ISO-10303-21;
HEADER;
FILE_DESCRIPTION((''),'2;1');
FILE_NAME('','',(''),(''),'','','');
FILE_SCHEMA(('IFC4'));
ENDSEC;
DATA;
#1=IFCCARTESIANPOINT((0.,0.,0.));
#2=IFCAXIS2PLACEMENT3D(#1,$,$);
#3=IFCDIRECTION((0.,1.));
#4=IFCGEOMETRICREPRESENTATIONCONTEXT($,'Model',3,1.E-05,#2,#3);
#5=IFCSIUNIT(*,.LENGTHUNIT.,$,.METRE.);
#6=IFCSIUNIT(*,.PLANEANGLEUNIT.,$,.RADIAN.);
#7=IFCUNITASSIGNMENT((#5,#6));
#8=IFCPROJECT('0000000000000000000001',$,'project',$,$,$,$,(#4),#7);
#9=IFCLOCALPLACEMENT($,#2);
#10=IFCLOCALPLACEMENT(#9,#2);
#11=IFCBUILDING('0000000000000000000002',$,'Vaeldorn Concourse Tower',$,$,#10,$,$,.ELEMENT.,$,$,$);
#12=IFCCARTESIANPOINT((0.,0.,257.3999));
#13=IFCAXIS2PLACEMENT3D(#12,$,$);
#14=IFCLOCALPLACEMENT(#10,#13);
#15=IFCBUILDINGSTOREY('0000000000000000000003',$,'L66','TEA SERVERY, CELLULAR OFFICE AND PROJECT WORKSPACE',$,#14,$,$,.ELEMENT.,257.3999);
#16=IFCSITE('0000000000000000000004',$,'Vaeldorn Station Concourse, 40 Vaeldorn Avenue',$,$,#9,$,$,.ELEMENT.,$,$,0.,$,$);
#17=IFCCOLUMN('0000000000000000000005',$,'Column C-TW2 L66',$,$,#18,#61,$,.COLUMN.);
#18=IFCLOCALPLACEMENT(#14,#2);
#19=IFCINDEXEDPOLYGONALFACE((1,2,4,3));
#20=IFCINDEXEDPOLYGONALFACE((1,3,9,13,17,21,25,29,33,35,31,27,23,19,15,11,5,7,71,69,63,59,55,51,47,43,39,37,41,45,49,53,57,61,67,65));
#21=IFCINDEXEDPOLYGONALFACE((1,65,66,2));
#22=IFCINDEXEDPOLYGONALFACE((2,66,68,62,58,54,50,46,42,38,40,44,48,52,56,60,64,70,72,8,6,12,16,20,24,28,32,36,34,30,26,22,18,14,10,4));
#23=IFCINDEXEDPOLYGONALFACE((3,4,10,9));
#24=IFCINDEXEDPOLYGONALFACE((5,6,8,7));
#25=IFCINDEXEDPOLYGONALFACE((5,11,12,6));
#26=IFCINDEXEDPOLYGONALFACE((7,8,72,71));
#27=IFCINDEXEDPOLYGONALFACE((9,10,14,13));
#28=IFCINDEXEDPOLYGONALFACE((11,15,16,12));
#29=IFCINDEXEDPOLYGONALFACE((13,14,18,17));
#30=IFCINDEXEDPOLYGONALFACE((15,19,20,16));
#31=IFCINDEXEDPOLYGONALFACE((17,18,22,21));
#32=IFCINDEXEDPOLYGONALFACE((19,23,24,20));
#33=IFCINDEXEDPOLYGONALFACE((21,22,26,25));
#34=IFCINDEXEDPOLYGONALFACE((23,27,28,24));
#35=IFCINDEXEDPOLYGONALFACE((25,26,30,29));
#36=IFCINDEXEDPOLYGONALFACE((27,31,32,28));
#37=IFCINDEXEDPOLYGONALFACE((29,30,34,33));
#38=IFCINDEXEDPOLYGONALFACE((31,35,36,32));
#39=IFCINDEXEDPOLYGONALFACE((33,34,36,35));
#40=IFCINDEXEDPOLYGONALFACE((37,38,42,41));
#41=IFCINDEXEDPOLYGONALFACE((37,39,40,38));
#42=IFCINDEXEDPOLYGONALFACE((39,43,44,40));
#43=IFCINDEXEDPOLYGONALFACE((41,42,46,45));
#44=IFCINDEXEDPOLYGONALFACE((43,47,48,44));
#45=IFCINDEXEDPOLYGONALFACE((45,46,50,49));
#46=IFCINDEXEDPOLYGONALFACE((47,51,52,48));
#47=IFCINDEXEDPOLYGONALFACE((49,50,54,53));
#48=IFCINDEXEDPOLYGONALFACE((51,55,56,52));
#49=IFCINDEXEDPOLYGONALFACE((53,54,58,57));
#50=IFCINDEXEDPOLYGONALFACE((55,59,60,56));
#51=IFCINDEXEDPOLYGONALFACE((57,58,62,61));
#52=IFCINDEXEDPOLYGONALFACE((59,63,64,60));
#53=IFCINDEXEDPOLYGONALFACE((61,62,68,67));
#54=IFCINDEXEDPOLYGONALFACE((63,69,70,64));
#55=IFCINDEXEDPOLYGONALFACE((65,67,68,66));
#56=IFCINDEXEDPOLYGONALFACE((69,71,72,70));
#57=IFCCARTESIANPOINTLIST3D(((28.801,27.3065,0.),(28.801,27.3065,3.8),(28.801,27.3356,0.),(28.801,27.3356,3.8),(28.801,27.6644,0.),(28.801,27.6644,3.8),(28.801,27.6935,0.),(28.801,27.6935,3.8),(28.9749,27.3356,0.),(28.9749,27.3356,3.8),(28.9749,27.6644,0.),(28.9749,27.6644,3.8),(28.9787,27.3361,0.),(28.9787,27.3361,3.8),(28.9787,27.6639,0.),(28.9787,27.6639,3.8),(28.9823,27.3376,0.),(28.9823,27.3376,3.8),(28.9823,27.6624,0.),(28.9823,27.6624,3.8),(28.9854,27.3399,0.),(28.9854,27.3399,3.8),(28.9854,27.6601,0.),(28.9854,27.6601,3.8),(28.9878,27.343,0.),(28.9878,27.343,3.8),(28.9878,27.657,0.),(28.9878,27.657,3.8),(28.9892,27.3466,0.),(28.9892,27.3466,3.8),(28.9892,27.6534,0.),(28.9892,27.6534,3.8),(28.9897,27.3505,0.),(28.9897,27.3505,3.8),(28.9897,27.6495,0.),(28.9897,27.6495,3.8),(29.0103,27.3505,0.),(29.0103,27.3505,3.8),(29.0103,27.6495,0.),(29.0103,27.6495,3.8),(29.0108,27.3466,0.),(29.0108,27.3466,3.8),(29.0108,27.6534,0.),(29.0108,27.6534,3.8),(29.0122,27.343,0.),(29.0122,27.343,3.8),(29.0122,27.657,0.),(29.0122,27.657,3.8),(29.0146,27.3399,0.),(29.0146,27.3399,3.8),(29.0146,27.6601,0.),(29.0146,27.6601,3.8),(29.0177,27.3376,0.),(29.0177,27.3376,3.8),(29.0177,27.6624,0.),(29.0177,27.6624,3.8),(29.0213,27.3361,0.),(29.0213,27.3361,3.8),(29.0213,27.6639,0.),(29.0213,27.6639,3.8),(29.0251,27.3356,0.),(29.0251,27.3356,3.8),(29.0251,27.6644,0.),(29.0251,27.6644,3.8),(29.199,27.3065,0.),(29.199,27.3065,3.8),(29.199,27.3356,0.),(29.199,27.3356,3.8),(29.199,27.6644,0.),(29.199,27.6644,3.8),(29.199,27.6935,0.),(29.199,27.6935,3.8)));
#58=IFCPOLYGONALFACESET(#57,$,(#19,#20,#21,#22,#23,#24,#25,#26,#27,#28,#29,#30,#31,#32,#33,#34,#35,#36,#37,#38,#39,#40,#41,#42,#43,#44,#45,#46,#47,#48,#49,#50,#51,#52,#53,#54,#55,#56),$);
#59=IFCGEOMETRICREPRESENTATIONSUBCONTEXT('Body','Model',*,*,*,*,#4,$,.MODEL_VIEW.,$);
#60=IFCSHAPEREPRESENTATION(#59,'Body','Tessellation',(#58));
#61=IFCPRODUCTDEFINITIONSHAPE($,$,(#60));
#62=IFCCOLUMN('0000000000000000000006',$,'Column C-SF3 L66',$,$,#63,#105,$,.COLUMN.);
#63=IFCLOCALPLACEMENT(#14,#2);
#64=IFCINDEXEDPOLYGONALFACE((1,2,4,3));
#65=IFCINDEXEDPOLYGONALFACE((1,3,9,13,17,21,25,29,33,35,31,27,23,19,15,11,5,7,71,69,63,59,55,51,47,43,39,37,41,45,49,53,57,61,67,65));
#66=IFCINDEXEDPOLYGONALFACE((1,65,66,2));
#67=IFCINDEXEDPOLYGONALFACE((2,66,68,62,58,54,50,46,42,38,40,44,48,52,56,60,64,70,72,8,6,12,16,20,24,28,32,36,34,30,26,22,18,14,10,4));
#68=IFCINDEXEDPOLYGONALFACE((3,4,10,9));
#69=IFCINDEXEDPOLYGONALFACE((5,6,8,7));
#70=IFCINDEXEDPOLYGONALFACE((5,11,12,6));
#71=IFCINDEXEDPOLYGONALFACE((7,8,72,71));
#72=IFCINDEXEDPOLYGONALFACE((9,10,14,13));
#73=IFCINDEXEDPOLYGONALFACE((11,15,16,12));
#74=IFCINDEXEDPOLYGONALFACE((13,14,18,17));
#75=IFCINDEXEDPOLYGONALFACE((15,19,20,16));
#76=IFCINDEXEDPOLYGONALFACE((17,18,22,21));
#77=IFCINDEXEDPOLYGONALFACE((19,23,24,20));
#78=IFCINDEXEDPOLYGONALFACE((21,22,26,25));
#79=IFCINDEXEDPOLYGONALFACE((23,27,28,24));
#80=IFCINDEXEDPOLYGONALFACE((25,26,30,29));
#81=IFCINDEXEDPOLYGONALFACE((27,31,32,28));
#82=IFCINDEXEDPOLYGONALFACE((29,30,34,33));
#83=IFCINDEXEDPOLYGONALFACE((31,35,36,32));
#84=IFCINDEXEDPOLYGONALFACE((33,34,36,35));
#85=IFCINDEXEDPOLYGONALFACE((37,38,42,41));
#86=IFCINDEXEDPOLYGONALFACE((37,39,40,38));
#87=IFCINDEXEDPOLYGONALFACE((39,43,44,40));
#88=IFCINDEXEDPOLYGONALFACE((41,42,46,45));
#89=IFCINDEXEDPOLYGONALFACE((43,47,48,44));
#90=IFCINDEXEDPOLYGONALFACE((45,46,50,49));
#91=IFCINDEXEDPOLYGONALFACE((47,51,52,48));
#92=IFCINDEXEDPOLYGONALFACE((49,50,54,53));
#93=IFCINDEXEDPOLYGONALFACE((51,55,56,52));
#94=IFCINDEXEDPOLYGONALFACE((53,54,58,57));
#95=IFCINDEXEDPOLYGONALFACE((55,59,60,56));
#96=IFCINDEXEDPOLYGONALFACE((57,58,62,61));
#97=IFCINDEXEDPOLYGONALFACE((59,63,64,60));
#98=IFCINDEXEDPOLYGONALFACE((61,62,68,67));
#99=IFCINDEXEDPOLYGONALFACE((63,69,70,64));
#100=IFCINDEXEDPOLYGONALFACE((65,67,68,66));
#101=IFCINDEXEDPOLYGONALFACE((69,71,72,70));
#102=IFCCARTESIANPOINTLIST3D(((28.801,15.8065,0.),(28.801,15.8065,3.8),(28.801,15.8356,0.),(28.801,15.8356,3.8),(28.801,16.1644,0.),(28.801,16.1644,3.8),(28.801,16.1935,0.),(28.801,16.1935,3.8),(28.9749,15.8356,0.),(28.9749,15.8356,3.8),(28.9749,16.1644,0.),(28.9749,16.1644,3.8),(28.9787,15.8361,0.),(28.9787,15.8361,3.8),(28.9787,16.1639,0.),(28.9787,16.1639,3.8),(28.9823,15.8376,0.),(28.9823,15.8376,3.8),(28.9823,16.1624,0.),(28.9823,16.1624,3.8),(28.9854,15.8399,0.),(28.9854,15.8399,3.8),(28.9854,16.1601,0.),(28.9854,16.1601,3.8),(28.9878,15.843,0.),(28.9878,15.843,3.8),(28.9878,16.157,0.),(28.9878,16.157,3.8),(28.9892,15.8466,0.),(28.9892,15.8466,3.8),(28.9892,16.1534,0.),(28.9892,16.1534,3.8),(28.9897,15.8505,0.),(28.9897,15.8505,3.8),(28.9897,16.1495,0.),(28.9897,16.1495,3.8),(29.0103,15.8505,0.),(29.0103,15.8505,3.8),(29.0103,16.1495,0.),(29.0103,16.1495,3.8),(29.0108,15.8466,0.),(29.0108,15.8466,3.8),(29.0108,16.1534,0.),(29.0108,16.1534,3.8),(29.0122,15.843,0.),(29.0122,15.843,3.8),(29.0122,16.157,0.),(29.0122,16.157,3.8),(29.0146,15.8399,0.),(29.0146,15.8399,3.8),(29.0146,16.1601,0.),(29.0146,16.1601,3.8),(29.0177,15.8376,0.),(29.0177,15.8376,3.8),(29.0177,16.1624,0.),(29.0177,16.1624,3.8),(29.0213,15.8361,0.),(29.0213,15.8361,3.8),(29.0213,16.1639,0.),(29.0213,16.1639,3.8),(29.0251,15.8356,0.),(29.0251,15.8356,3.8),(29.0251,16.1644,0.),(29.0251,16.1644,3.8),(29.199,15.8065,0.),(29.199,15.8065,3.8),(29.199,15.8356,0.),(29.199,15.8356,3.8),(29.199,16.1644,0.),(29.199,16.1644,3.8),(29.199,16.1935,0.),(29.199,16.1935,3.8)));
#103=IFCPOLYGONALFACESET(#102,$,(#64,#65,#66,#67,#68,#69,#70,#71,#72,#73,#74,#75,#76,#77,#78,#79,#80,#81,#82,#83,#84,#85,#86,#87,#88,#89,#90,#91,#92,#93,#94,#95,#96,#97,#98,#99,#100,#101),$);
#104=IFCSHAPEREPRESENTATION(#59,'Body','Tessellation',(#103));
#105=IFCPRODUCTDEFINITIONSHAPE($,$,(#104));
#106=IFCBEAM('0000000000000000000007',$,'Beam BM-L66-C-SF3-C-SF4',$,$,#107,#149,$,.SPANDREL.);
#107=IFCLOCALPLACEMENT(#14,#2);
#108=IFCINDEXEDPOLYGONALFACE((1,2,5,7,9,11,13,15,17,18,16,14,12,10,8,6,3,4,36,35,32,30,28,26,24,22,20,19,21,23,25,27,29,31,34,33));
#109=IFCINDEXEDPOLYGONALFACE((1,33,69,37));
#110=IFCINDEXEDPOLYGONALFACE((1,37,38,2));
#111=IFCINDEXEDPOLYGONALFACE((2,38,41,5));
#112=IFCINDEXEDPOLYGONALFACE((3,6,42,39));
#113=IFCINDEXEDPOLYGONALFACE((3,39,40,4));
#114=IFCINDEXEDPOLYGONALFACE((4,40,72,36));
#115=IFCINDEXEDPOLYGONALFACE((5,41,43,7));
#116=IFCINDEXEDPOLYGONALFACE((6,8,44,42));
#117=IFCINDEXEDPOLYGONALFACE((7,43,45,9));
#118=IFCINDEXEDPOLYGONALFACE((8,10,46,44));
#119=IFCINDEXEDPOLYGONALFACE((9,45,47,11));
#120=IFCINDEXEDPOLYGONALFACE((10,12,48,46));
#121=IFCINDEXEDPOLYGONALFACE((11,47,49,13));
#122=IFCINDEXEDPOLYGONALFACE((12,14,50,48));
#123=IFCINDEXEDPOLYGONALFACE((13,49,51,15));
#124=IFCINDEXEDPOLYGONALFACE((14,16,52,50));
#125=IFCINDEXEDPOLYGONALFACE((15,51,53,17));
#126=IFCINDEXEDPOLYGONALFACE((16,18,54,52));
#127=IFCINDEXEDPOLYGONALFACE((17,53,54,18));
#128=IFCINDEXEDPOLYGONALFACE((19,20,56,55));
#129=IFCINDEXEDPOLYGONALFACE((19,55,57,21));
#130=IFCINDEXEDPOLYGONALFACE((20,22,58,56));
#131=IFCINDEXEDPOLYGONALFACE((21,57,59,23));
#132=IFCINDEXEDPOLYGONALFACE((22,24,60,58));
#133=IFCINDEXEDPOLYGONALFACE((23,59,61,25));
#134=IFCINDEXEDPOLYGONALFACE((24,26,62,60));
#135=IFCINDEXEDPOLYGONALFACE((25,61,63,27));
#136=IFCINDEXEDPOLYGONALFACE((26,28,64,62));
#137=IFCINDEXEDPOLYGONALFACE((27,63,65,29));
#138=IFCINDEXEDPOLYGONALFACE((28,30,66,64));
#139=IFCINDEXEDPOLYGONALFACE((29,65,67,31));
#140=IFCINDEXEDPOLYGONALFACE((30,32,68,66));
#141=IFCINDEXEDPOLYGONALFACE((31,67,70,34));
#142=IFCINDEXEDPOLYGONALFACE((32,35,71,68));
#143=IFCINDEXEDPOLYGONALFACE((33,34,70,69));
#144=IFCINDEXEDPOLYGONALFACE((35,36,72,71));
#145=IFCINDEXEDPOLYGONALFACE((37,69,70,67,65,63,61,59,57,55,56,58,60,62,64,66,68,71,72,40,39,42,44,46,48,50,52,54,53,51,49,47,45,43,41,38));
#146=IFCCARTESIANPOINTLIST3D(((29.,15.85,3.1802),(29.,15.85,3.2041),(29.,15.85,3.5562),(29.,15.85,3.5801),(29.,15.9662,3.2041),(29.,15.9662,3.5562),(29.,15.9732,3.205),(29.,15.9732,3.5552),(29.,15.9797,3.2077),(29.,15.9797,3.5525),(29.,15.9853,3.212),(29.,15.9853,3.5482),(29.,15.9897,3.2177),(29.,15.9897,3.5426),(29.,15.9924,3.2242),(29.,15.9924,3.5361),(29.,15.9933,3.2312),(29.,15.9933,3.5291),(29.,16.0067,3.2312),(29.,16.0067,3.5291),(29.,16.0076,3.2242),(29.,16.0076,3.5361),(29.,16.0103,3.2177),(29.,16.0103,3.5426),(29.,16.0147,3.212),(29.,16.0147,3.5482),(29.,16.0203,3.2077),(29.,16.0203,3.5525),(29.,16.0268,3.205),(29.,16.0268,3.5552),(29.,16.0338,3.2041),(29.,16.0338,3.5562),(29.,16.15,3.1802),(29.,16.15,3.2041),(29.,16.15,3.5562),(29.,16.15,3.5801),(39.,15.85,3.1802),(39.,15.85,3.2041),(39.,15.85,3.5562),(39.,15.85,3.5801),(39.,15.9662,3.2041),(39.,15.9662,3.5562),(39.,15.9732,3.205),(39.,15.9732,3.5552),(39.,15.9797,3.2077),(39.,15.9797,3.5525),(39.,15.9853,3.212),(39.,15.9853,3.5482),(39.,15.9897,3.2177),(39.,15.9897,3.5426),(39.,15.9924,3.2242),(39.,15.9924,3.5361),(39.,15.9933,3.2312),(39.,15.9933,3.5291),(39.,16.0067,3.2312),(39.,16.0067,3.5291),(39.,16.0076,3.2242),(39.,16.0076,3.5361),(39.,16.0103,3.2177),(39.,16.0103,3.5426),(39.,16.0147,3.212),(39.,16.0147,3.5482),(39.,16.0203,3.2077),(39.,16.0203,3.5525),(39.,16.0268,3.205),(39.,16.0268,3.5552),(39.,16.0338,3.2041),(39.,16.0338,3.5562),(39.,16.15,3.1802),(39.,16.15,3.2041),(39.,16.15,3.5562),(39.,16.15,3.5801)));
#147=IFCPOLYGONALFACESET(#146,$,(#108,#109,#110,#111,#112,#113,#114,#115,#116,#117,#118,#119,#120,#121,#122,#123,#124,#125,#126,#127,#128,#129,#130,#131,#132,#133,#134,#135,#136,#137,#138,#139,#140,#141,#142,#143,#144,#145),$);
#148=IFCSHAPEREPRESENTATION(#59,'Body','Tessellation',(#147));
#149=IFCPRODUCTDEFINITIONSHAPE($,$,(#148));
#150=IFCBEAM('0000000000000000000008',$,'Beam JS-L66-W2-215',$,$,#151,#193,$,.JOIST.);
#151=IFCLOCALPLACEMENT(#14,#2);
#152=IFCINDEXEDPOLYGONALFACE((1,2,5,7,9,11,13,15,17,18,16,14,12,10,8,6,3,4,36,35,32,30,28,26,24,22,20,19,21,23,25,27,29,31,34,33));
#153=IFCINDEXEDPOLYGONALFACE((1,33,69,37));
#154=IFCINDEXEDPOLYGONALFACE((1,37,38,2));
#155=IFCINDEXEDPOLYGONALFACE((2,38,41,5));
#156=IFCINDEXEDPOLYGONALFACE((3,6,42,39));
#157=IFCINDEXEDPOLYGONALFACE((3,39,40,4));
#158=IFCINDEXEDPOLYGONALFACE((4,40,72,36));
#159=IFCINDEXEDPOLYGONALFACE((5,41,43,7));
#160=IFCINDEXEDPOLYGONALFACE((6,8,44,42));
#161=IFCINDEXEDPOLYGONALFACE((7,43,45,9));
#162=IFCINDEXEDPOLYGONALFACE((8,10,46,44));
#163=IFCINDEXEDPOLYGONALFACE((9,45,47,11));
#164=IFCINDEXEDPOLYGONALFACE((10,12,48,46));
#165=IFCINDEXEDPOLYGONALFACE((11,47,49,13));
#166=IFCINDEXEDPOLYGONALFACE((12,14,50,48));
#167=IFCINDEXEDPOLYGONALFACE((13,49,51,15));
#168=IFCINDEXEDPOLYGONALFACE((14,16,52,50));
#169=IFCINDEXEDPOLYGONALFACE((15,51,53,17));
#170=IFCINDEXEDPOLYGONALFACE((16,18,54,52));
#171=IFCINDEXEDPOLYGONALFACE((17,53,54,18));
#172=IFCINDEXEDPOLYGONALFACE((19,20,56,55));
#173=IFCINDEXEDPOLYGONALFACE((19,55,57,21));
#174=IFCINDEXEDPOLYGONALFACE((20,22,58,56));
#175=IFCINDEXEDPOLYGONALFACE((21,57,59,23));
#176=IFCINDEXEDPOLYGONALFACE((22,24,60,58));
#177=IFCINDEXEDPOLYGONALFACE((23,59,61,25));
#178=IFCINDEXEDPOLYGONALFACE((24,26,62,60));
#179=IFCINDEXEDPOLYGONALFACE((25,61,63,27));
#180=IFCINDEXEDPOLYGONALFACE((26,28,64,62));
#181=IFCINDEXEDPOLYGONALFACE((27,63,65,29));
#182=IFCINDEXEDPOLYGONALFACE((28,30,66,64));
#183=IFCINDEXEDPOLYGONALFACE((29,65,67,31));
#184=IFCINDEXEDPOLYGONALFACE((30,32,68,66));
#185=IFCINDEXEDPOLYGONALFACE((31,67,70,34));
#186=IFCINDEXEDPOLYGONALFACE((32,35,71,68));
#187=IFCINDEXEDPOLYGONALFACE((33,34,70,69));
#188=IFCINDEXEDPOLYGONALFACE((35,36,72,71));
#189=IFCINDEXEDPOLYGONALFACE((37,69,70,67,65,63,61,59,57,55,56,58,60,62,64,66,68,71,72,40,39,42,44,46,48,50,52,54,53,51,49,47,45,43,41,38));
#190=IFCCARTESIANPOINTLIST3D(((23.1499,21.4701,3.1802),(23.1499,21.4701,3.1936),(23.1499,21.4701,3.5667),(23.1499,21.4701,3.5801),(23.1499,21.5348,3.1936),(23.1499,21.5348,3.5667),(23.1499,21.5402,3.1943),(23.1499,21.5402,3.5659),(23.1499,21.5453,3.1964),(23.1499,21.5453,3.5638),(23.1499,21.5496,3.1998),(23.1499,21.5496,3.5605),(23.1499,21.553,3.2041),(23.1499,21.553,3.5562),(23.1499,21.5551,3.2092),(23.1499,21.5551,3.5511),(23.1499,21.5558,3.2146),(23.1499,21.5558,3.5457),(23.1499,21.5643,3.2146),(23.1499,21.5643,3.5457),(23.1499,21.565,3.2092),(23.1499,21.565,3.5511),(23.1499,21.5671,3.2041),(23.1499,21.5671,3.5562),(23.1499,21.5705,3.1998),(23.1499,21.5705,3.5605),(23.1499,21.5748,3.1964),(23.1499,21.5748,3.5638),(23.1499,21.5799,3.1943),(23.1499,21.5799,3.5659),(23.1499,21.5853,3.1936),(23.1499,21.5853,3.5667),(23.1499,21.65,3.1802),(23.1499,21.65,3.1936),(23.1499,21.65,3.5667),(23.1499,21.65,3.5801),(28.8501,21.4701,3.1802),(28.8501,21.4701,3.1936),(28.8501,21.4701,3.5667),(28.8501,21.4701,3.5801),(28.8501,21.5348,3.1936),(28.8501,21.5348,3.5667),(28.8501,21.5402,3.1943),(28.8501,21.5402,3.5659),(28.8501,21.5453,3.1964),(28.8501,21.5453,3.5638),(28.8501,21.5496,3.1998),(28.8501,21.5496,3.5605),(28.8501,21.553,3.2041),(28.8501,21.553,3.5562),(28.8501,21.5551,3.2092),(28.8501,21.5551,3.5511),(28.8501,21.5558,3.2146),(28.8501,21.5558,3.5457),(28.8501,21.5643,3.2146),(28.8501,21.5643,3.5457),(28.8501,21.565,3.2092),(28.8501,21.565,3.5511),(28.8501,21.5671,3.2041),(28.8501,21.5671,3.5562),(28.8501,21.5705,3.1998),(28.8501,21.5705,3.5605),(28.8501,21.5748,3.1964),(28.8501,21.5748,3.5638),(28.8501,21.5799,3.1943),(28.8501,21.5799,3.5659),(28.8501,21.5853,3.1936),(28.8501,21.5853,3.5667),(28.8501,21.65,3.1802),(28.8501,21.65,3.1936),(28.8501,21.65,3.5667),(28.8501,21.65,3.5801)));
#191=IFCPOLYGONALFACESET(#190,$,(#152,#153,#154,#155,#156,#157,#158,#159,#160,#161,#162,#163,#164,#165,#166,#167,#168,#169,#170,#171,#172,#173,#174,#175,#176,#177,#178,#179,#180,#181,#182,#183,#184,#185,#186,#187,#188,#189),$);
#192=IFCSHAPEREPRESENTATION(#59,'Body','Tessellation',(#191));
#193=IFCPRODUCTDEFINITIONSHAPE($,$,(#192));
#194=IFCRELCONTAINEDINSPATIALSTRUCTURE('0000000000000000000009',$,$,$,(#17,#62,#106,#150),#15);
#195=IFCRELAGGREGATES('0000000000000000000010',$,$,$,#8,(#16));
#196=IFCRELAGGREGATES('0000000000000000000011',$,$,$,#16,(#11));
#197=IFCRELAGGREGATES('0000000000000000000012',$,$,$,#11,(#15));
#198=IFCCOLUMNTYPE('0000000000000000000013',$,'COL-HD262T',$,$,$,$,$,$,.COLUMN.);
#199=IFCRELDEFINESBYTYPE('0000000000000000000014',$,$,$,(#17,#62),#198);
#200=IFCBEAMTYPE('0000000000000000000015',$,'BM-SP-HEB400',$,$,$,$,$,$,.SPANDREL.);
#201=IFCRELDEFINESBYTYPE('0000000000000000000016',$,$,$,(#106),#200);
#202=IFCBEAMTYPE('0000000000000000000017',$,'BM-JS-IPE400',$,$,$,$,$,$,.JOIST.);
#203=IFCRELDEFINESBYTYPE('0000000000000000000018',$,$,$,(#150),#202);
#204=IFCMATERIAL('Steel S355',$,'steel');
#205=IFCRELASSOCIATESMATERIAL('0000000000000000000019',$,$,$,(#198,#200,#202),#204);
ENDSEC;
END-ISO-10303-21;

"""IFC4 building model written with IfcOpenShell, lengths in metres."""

from ifc_helpers import new_model, si_unit, direction, frame, origin, origin_2d, place, context, subcontext, project, spatial, i_section, extrude, source, transform, mapped, material, material_profile, profile_set, type_object, element, save


model = new_model("IFC4")

# Units and contexts
model_context = context("Model", 3, precision=1e-05, world=origin(), true_north=direction((0.0, 1.0)))
body_context = subcontext(model_context, "Body", "Model", "MODEL_VIEW")
ifc_project = project(units=[si_unit("LENGTHUNIT", "METRE"), si_unit("PLANEANGLEUNIT", "RADIAN")], contexts=[model_context])

# Site, building, storey
site_placement = place(None, origin())
site = spatial("IfcSite", under=ifc_project, at=site_placement, Name="Vaeldorn Station Concourse, 40 Vaeldorn Avenue", CompositionType="ELEMENT", RefElevation=0.0)
building_placement = place(site_placement, origin())
building = spatial("IfcBuilding", under=site, at=building_placement, Name="Vaeldorn Concourse Tower", CompositionType="ELEMENT")
storey_placement = place(building_placement, frame((0.0, 0.0, 257.3999)))
storey = spatial("IfcBuildingStorey", under=building, at=storey_placement, Name="L66", Description="TEA SERVERY, CELLULAR OFFICE AND PROJECT WORKSPACE", CompositionType="ELEMENT", Elevation=257.3999)

# Columns
ifc_material_1 = material(Name="Steel S355", Category="steel")
ifc_material_profile_1 = material_profile(ifc_material_1, i_section(OverallWidth=0.3979, OverallDepth=0.387, WebThickness=0.0205, FlangeThickness=0.0291, FilletRadius=0.0149, at=origin_2d()), Name="HD 400x262")
ifc_profile_set_1 = profile_set([ifc_material_profile_1], Name="Steel S355")
column_type = type_object("IfcColumnType", Name="COL-HD262T", PredefinedType="COLUMN", material=ifc_profile_set_1)
shared_shape_1 = source(origin(), body_context, "Body", "SweptSolid", [
    extrude(i_section(OverallWidth=0.3979, OverallDepth=0.387, WebThickness=0.0205, FlangeThickness=0.0291, FilletRadius=0.0149, at=origin_2d()), origin(), (0.0, 0.0, 1.0), 3.8),
])
for number, where, z_axis, x_axis, name in (
    (1, (29.0, 27.5, 0.0), (0.0, 0.0, 1.0), (1.0, 0.0, 0.0), "Column C-TW2 L66"),
    (2, (29.0, 16.0, 0.0), (0.0, 0.0, 1.0), (1.0, 0.0, 0.0), "Column C-SF3 L66"),
):
    element("IfcColumn", number, at=place(storey_placement, frame(where, z_axis=z_axis, x_axis=x_axis)), inside=storey, type_object=column_type, Name=name, PredefinedType="COLUMN", context=body_context, shape_type="MappedRepresentation", body=[
        mapped(shared_shape_1, transform((0.0, 0.0, 0.0), scale=1.0)),
    ])

# Beams
ifc_material_profile_2 = material_profile(ifc_material_1, i_section(OverallWidth=0.3, OverallDepth=0.3999, WebThickness=0.0134, FlangeThickness=0.0239, FilletRadius=0.0271, at=origin_2d()), Name="HEB 400")
ifc_profile_set_2 = profile_set([ifc_material_profile_2], Name="Steel S355")
beam_type_1 = type_object("IfcBeamType", Name="BM-SP-HEB400", PredefinedType="SPANDREL", material=ifc_profile_set_2)
shared_shape_2 = source(origin(), body_context, "Body", "SweptSolid", [
    extrude(i_section(OverallWidth=0.3, OverallDepth=0.3999, WebThickness=0.0134, FlangeThickness=0.0239, FilletRadius=0.0271, at=origin_2d()), origin(), (0.0, 0.0, 1.0), 10.0),
])
beam_1_placement = place(storey_placement, frame((29.0, 16.0, 3.3801), z_axis=(1.0, 0.0, 0.0), x_axis=(0.0, 1.0, 0.0)))
element("IfcBeam", 3, at=beam_1_placement, inside=storey, type_object=beam_type_1, Name="Beam BM-L66-C-SF3-C-SF4", PredefinedType="SPANDREL", context=body_context, shape_type="MappedRepresentation", body=[
    mapped(shared_shape_2, transform((0.0, 0.0, 0.0), scale=1.0)),
])
ifc_material_profile_3 = material_profile(ifc_material_1, i_section(OverallWidth=0.1799, OverallDepth=0.3999, WebThickness=0.0085, FlangeThickness=0.0134, FilletRadius=0.021, at=origin_2d()), Name="IPE 400")
ifc_profile_set_3 = profile_set([ifc_material_profile_3], Name="Steel S355")
beam_type_2 = type_object("IfcBeamType", Name="BM-JS-IPE400", PredefinedType="JOIST", material=ifc_profile_set_3)
shared_shape_3 = source(origin(), body_context, "Body", "SweptSolid", [
    extrude(i_section(OverallWidth=0.1799, OverallDepth=0.3999, WebThickness=0.0085, FlangeThickness=0.0134, FilletRadius=0.021, at=origin_2d()), origin(), (0.0, 0.0, 1.0), 5.7002),
])
for number, where, z_axis, x_axis, name in (
    (4, (23.1499, 21.5601, 3.3801), (1.0, 0.0, 0.0), (0.0, 1.0, 0.0), "Beam JS-L66-W2-215"),
):
    element("IfcBeam", number, at=place(storey_placement, frame(where, z_axis=z_axis, x_axis=x_axis)), inside=storey, type_object=beam_type_2, Name=name, PredefinedType="JOIST", context=body_context, shape_type="MappedRepresentation", body=[
        mapped(shared_shape_3, transform((0.0, 0.0, 0.0), scale=1.0)),
    ])

save(model, "model.ifc")
